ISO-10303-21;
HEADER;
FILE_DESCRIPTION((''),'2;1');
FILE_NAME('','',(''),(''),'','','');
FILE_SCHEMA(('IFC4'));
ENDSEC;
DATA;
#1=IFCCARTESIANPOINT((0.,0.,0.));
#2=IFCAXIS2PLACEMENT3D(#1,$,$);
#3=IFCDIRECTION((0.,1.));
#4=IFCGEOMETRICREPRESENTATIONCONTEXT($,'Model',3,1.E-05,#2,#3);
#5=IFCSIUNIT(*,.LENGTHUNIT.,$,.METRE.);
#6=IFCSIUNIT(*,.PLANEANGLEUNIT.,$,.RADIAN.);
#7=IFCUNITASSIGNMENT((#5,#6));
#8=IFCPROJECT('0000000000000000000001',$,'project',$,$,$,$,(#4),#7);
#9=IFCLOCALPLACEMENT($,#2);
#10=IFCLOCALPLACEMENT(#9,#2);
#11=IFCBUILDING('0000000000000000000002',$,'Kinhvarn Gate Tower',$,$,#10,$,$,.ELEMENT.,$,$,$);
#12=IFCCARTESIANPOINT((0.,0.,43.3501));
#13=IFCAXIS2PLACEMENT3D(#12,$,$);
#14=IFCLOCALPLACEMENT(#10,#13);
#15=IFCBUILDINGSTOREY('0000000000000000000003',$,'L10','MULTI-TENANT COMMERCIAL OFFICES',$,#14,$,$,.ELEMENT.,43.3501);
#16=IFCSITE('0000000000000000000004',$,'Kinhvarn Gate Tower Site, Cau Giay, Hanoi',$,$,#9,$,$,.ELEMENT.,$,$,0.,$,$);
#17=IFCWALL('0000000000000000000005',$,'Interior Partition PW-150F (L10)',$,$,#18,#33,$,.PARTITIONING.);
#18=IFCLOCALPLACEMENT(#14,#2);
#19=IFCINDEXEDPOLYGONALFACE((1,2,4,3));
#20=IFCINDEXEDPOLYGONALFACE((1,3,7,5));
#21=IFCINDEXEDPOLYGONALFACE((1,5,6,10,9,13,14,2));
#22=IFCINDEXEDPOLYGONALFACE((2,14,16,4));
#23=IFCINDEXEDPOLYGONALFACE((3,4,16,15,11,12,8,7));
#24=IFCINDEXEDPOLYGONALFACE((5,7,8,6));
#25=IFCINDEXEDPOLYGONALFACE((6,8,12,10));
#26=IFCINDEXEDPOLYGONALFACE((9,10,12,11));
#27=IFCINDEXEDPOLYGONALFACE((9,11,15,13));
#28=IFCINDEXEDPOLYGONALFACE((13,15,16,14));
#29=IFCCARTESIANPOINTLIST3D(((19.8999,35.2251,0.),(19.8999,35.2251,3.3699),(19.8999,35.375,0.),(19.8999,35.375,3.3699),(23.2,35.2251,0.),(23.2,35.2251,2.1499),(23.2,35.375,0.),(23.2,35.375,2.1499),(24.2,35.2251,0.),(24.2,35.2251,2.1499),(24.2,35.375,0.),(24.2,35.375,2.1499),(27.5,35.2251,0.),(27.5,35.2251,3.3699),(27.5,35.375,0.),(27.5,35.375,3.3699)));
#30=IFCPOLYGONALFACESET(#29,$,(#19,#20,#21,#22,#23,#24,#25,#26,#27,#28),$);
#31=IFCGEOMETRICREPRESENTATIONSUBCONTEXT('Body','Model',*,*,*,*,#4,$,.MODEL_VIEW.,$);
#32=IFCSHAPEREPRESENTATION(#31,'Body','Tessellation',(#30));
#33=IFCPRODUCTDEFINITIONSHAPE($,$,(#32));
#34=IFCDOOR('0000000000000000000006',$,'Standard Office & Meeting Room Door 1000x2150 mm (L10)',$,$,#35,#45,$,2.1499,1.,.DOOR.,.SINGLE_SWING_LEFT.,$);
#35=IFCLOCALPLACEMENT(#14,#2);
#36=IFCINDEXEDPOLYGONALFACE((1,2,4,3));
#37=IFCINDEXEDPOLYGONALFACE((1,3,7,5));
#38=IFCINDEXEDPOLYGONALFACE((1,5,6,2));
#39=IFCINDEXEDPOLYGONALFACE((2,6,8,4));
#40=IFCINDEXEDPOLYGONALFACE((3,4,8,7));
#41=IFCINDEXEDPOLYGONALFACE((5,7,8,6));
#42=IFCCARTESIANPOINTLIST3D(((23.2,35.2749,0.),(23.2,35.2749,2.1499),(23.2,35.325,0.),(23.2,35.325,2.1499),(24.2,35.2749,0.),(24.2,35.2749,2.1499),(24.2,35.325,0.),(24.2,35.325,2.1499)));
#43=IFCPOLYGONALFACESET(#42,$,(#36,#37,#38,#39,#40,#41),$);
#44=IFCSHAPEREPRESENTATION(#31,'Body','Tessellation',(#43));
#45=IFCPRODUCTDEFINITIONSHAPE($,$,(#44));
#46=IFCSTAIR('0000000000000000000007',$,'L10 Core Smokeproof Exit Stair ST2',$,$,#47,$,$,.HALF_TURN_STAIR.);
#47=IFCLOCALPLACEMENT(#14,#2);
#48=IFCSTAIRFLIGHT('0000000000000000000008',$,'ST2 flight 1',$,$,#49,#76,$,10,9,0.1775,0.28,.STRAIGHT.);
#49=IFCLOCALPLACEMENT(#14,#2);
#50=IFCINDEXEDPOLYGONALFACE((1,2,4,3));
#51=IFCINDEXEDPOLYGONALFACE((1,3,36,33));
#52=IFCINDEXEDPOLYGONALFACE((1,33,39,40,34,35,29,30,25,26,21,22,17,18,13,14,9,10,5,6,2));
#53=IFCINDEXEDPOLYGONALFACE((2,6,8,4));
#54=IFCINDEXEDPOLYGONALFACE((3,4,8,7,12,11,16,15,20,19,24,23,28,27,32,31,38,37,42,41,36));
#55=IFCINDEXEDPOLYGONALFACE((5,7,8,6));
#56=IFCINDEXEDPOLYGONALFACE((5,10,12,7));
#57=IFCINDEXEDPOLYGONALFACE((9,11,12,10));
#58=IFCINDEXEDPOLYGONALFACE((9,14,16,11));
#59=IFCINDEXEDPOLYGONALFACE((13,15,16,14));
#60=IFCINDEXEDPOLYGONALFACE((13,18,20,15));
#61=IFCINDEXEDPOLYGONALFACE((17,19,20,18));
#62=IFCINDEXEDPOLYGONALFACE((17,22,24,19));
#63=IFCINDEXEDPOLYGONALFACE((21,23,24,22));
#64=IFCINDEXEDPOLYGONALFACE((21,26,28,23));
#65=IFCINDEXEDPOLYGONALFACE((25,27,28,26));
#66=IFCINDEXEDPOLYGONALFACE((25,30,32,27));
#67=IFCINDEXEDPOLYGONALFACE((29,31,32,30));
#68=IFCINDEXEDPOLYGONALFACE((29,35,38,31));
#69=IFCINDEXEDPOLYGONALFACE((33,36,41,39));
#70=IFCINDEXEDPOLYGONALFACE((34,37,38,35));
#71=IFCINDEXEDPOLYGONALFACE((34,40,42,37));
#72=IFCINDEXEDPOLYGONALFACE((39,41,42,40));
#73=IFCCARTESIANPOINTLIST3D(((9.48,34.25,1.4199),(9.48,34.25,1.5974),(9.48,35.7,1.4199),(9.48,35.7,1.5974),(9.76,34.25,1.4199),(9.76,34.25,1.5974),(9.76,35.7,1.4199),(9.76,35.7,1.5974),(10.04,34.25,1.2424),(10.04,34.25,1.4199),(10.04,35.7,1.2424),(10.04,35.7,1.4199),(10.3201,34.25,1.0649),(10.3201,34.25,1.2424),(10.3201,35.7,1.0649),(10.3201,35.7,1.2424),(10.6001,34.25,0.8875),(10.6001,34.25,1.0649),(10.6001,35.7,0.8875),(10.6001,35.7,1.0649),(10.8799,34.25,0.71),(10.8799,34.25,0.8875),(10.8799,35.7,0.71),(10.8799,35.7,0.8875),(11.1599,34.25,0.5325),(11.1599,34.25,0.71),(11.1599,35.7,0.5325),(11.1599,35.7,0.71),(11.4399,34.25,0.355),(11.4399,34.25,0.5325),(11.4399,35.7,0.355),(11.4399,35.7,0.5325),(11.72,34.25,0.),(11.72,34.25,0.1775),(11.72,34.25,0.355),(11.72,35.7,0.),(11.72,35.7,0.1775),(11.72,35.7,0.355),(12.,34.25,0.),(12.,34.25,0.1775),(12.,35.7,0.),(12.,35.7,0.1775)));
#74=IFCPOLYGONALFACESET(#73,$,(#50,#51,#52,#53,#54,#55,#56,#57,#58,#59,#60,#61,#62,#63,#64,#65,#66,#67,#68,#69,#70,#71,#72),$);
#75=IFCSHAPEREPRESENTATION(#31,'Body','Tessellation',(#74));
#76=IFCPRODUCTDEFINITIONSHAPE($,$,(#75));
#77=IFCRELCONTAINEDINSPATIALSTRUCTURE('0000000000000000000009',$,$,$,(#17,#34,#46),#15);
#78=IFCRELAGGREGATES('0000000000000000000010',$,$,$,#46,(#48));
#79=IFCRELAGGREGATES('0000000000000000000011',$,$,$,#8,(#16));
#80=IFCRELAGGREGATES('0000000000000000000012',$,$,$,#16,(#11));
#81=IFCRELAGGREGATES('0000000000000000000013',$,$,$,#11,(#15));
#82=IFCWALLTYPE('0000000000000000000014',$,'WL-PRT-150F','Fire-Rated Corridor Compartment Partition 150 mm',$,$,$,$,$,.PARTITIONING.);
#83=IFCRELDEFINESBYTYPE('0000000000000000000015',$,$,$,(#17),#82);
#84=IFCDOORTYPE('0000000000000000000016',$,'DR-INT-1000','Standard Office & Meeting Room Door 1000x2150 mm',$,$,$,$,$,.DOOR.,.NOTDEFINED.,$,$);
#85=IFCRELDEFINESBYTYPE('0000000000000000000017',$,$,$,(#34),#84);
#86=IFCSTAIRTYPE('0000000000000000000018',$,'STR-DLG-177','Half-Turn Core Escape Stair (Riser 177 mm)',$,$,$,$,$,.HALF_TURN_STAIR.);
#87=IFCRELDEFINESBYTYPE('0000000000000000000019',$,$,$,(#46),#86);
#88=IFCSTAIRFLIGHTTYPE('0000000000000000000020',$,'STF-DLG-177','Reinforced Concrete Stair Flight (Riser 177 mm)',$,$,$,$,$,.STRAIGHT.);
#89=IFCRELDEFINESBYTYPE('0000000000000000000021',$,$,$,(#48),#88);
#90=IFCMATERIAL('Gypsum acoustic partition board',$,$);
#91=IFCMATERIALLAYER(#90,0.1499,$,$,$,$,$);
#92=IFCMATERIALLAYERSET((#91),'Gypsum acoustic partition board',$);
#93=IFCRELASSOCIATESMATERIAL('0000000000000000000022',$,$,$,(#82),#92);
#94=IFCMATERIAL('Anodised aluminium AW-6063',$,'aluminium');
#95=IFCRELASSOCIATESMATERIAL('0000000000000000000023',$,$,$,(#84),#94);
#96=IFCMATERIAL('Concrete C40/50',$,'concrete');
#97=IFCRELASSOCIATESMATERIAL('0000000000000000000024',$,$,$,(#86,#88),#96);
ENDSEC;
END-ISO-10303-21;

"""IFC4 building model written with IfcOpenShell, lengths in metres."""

from ifc_helpers import new_model, si_unit, direction, frame, frame_2d, origin, place, context, subcontext, project, spatial, polyline, rectangle, outline, extrude, material, layer, layer_set, type_object, element, fill, aggregate, save


model = new_model("IFC4")

# Units and contexts
model_context = context("Model", 3, precision=1e-05, world=origin(), true_north=direction((0.0, 1.0)))
body_context = subcontext(model_context, "Body", "Model", "MODEL_VIEW")
ifc_project = project(units=[si_unit("LENGTHUNIT", "METRE"), si_unit("PLANEANGLEUNIT", "RADIAN")], contexts=[model_context])

# Site, building, storey
site_placement = place(None, origin())
site = spatial("IfcSite", under=ifc_project, at=site_placement, Name="Kinhvarn Gate Tower Site, Cau Giay, Hanoi", CompositionType="ELEMENT", RefElevation=0.0)
building_placement = place(site_placement, origin())
building = spatial("IfcBuilding", under=site, at=building_placement, Name="Kinhvarn Gate Tower", CompositionType="ELEMENT")
storey_placement = place(building_placement, frame((0.0, 0.0, 43.3501)))
storey = spatial("IfcBuildingStorey", under=building, at=storey_placement, Name="L10", Description="MULTI-TENANT COMMERCIAL OFFICES", CompositionType="ELEMENT", Elevation=43.3501)

# Shared definitions
ifc_material_1 = material(Name="Anodised aluminium AW-6063", Category="aluminium")

# Shared definitions
ifc_material_2 = material(Name="Gypsum acoustic partition board")
ifc_layer_1 = layer(ifc_material_2, 0.1499)
ifc_layer_set_1 = layer_set([ifc_layer_1], Name="Gypsum acoustic partition board")
wall_type_1 = type_object("IfcWallType", Name="WL-PRT-150F", Description="Fire-Rated Corridor Compartment Partition 150 mm", PredefinedType="PARTITIONING", material=ifc_layer_set_1)

# Wall, opening, door
wall_1_placement = place(storey_placement, frame((19.8999, 35.3, 0.0), z_axis=(0.0, 0.0, 1.0), x_axis=(1.0, 0.0, 0.0)))
wall_1 = element("IfcWall", 1, at=wall_1_placement, inside=storey, type_object=wall_type_1, Name="Interior Partition PW-150F (L10)", PredefinedType="PARTITIONING", context=body_context, shape_type="SweptSolid", body=[
    extrude(rectangle(XDim=7.6001, YDim=0.1499, at=frame_2d((3.8, 0.0))), origin(), (0.0, 0.0, 1.0), 3.3699),
])
opening_1_placement = place(wall_1_placement, frame((3.3, 0.0, 0.0)))
opening_1 = element("IfcOpeningElement", 2, at=opening_1_placement, cuts=wall_1, PredefinedType="OPENING", context=body_context, shape_type="SweptSolid", body=[
    extrude(rectangle(XDim=1.0, YDim=2.1499, at=frame_2d((0.5, 1.075))), frame((0.0, 0.085, 0.0), z_axis=(0.0, -1.0, 0.0), x_axis=(1.0, 0.0, 0.0)), (0.0, 0.0, 1.0), 0.1699),
])
door_type_1 = type_object("IfcDoorType", Name="DR-INT-1000", Description="Standard Office & Meeting Room Door 1000x2150 mm", OperationType="NOTDEFINED", PredefinedType="DOOR", material=ifc_material_1)
door_1_placement = place(opening_1_placement, origin())
door_1 = element("IfcDoor", 3, at=door_1_placement, inside=storey, type_object=door_type_1, Name="Standard Office & Meeting Room Door 1000x2150 mm (L10)", OperationType="SINGLE_SWING_LEFT", OverallHeight=2.1499, OverallWidth=1.0, PredefinedType="DOOR", context=body_context, shape_type="SweptSolid", body=[
    extrude(rectangle(XDim=1.0, YDim=2.1499, at=frame_2d((0.5, 1.075))), frame((0.0, 0.0249, 0.0), z_axis=(0.0, -1.0, 0.0), x_axis=(1.0, 0.0, 0.0)), (0.0, 0.0, 1.0), 0.05),
])
fill(opening_1, door_1)
ifc_material_3 = material(Name="Concrete C40/50", Category="concrete")

# Stair, stair flight
stair_type = type_object("IfcStairType", Name="STR-DLG-177", Description="Half-Turn Core Escape Stair (Riser 177 mm)", PredefinedType="HALF_TURN_STAIR", material=ifc_material_3)
stair_placement = place(storey_placement, origin())
stair = element("IfcStair", 4, at=stair_placement, inside=storey, type_object=stair_type, Name="L10 Core Smokeproof Exit Stair ST2", PredefinedType="HALF_TURN_STAIR")
stair_flight_type = type_object("IfcStairFlightType", Name="STF-DLG-177", Description="Reinforced Concrete Stair Flight (Riser 177 mm)", PredefinedType="STRAIGHT", material=ifc_material_3)
stair_flight_placement = place(storey_placement, frame((12.0, 34.9751, 0.0), z_axis=(0.0, 0.0, 1.0), x_axis=(-1.0, 0.0, 0.0)))
stair_flight = element("IfcStairFlight", 5, at=stair_flight_placement, type_object=stair_flight_type, Name="ST2 flight 1", NumberOfRisers=10, NumberOfTreads=9, PredefinedType="STRAIGHT", RiserHeight=0.1775, TreadLength=0.28, context=body_context, shape_type="SweptSolid", body=[
    extrude(outline(polyline([(0.0, 0.0), (0.0, 0.1775), (0.28, 0.1775), (0.28, 0.355), (0.5601, 0.355), (0.5601, 0.5325), (0.8401, 0.5325), (0.8401, 0.71), (1.1201, 0.71), (1.1201, 0.8875), (1.3999, 0.8875), (1.3999, 1.0649), (1.6799, 1.0649), (1.6799, 1.2424), (1.96, 1.2424), (1.96, 1.4199), (2.24, 1.4199), (2.24, 1.5974), (2.52, 1.5974), (2.52, 1.7749), (2.52, 1.4199), (0.28, 0.0), (0.0, 0.0)])), frame((0.0, 0.7251, 0.0), z_axis=(0.0, -1.0, 0.0), x_axis=(1.0, 0.0, 0.0)), (0.0, 0.0, 1.0), 1.45),
])
aggregate(stair, [stair_flight])

save(model, "model.ifc")
